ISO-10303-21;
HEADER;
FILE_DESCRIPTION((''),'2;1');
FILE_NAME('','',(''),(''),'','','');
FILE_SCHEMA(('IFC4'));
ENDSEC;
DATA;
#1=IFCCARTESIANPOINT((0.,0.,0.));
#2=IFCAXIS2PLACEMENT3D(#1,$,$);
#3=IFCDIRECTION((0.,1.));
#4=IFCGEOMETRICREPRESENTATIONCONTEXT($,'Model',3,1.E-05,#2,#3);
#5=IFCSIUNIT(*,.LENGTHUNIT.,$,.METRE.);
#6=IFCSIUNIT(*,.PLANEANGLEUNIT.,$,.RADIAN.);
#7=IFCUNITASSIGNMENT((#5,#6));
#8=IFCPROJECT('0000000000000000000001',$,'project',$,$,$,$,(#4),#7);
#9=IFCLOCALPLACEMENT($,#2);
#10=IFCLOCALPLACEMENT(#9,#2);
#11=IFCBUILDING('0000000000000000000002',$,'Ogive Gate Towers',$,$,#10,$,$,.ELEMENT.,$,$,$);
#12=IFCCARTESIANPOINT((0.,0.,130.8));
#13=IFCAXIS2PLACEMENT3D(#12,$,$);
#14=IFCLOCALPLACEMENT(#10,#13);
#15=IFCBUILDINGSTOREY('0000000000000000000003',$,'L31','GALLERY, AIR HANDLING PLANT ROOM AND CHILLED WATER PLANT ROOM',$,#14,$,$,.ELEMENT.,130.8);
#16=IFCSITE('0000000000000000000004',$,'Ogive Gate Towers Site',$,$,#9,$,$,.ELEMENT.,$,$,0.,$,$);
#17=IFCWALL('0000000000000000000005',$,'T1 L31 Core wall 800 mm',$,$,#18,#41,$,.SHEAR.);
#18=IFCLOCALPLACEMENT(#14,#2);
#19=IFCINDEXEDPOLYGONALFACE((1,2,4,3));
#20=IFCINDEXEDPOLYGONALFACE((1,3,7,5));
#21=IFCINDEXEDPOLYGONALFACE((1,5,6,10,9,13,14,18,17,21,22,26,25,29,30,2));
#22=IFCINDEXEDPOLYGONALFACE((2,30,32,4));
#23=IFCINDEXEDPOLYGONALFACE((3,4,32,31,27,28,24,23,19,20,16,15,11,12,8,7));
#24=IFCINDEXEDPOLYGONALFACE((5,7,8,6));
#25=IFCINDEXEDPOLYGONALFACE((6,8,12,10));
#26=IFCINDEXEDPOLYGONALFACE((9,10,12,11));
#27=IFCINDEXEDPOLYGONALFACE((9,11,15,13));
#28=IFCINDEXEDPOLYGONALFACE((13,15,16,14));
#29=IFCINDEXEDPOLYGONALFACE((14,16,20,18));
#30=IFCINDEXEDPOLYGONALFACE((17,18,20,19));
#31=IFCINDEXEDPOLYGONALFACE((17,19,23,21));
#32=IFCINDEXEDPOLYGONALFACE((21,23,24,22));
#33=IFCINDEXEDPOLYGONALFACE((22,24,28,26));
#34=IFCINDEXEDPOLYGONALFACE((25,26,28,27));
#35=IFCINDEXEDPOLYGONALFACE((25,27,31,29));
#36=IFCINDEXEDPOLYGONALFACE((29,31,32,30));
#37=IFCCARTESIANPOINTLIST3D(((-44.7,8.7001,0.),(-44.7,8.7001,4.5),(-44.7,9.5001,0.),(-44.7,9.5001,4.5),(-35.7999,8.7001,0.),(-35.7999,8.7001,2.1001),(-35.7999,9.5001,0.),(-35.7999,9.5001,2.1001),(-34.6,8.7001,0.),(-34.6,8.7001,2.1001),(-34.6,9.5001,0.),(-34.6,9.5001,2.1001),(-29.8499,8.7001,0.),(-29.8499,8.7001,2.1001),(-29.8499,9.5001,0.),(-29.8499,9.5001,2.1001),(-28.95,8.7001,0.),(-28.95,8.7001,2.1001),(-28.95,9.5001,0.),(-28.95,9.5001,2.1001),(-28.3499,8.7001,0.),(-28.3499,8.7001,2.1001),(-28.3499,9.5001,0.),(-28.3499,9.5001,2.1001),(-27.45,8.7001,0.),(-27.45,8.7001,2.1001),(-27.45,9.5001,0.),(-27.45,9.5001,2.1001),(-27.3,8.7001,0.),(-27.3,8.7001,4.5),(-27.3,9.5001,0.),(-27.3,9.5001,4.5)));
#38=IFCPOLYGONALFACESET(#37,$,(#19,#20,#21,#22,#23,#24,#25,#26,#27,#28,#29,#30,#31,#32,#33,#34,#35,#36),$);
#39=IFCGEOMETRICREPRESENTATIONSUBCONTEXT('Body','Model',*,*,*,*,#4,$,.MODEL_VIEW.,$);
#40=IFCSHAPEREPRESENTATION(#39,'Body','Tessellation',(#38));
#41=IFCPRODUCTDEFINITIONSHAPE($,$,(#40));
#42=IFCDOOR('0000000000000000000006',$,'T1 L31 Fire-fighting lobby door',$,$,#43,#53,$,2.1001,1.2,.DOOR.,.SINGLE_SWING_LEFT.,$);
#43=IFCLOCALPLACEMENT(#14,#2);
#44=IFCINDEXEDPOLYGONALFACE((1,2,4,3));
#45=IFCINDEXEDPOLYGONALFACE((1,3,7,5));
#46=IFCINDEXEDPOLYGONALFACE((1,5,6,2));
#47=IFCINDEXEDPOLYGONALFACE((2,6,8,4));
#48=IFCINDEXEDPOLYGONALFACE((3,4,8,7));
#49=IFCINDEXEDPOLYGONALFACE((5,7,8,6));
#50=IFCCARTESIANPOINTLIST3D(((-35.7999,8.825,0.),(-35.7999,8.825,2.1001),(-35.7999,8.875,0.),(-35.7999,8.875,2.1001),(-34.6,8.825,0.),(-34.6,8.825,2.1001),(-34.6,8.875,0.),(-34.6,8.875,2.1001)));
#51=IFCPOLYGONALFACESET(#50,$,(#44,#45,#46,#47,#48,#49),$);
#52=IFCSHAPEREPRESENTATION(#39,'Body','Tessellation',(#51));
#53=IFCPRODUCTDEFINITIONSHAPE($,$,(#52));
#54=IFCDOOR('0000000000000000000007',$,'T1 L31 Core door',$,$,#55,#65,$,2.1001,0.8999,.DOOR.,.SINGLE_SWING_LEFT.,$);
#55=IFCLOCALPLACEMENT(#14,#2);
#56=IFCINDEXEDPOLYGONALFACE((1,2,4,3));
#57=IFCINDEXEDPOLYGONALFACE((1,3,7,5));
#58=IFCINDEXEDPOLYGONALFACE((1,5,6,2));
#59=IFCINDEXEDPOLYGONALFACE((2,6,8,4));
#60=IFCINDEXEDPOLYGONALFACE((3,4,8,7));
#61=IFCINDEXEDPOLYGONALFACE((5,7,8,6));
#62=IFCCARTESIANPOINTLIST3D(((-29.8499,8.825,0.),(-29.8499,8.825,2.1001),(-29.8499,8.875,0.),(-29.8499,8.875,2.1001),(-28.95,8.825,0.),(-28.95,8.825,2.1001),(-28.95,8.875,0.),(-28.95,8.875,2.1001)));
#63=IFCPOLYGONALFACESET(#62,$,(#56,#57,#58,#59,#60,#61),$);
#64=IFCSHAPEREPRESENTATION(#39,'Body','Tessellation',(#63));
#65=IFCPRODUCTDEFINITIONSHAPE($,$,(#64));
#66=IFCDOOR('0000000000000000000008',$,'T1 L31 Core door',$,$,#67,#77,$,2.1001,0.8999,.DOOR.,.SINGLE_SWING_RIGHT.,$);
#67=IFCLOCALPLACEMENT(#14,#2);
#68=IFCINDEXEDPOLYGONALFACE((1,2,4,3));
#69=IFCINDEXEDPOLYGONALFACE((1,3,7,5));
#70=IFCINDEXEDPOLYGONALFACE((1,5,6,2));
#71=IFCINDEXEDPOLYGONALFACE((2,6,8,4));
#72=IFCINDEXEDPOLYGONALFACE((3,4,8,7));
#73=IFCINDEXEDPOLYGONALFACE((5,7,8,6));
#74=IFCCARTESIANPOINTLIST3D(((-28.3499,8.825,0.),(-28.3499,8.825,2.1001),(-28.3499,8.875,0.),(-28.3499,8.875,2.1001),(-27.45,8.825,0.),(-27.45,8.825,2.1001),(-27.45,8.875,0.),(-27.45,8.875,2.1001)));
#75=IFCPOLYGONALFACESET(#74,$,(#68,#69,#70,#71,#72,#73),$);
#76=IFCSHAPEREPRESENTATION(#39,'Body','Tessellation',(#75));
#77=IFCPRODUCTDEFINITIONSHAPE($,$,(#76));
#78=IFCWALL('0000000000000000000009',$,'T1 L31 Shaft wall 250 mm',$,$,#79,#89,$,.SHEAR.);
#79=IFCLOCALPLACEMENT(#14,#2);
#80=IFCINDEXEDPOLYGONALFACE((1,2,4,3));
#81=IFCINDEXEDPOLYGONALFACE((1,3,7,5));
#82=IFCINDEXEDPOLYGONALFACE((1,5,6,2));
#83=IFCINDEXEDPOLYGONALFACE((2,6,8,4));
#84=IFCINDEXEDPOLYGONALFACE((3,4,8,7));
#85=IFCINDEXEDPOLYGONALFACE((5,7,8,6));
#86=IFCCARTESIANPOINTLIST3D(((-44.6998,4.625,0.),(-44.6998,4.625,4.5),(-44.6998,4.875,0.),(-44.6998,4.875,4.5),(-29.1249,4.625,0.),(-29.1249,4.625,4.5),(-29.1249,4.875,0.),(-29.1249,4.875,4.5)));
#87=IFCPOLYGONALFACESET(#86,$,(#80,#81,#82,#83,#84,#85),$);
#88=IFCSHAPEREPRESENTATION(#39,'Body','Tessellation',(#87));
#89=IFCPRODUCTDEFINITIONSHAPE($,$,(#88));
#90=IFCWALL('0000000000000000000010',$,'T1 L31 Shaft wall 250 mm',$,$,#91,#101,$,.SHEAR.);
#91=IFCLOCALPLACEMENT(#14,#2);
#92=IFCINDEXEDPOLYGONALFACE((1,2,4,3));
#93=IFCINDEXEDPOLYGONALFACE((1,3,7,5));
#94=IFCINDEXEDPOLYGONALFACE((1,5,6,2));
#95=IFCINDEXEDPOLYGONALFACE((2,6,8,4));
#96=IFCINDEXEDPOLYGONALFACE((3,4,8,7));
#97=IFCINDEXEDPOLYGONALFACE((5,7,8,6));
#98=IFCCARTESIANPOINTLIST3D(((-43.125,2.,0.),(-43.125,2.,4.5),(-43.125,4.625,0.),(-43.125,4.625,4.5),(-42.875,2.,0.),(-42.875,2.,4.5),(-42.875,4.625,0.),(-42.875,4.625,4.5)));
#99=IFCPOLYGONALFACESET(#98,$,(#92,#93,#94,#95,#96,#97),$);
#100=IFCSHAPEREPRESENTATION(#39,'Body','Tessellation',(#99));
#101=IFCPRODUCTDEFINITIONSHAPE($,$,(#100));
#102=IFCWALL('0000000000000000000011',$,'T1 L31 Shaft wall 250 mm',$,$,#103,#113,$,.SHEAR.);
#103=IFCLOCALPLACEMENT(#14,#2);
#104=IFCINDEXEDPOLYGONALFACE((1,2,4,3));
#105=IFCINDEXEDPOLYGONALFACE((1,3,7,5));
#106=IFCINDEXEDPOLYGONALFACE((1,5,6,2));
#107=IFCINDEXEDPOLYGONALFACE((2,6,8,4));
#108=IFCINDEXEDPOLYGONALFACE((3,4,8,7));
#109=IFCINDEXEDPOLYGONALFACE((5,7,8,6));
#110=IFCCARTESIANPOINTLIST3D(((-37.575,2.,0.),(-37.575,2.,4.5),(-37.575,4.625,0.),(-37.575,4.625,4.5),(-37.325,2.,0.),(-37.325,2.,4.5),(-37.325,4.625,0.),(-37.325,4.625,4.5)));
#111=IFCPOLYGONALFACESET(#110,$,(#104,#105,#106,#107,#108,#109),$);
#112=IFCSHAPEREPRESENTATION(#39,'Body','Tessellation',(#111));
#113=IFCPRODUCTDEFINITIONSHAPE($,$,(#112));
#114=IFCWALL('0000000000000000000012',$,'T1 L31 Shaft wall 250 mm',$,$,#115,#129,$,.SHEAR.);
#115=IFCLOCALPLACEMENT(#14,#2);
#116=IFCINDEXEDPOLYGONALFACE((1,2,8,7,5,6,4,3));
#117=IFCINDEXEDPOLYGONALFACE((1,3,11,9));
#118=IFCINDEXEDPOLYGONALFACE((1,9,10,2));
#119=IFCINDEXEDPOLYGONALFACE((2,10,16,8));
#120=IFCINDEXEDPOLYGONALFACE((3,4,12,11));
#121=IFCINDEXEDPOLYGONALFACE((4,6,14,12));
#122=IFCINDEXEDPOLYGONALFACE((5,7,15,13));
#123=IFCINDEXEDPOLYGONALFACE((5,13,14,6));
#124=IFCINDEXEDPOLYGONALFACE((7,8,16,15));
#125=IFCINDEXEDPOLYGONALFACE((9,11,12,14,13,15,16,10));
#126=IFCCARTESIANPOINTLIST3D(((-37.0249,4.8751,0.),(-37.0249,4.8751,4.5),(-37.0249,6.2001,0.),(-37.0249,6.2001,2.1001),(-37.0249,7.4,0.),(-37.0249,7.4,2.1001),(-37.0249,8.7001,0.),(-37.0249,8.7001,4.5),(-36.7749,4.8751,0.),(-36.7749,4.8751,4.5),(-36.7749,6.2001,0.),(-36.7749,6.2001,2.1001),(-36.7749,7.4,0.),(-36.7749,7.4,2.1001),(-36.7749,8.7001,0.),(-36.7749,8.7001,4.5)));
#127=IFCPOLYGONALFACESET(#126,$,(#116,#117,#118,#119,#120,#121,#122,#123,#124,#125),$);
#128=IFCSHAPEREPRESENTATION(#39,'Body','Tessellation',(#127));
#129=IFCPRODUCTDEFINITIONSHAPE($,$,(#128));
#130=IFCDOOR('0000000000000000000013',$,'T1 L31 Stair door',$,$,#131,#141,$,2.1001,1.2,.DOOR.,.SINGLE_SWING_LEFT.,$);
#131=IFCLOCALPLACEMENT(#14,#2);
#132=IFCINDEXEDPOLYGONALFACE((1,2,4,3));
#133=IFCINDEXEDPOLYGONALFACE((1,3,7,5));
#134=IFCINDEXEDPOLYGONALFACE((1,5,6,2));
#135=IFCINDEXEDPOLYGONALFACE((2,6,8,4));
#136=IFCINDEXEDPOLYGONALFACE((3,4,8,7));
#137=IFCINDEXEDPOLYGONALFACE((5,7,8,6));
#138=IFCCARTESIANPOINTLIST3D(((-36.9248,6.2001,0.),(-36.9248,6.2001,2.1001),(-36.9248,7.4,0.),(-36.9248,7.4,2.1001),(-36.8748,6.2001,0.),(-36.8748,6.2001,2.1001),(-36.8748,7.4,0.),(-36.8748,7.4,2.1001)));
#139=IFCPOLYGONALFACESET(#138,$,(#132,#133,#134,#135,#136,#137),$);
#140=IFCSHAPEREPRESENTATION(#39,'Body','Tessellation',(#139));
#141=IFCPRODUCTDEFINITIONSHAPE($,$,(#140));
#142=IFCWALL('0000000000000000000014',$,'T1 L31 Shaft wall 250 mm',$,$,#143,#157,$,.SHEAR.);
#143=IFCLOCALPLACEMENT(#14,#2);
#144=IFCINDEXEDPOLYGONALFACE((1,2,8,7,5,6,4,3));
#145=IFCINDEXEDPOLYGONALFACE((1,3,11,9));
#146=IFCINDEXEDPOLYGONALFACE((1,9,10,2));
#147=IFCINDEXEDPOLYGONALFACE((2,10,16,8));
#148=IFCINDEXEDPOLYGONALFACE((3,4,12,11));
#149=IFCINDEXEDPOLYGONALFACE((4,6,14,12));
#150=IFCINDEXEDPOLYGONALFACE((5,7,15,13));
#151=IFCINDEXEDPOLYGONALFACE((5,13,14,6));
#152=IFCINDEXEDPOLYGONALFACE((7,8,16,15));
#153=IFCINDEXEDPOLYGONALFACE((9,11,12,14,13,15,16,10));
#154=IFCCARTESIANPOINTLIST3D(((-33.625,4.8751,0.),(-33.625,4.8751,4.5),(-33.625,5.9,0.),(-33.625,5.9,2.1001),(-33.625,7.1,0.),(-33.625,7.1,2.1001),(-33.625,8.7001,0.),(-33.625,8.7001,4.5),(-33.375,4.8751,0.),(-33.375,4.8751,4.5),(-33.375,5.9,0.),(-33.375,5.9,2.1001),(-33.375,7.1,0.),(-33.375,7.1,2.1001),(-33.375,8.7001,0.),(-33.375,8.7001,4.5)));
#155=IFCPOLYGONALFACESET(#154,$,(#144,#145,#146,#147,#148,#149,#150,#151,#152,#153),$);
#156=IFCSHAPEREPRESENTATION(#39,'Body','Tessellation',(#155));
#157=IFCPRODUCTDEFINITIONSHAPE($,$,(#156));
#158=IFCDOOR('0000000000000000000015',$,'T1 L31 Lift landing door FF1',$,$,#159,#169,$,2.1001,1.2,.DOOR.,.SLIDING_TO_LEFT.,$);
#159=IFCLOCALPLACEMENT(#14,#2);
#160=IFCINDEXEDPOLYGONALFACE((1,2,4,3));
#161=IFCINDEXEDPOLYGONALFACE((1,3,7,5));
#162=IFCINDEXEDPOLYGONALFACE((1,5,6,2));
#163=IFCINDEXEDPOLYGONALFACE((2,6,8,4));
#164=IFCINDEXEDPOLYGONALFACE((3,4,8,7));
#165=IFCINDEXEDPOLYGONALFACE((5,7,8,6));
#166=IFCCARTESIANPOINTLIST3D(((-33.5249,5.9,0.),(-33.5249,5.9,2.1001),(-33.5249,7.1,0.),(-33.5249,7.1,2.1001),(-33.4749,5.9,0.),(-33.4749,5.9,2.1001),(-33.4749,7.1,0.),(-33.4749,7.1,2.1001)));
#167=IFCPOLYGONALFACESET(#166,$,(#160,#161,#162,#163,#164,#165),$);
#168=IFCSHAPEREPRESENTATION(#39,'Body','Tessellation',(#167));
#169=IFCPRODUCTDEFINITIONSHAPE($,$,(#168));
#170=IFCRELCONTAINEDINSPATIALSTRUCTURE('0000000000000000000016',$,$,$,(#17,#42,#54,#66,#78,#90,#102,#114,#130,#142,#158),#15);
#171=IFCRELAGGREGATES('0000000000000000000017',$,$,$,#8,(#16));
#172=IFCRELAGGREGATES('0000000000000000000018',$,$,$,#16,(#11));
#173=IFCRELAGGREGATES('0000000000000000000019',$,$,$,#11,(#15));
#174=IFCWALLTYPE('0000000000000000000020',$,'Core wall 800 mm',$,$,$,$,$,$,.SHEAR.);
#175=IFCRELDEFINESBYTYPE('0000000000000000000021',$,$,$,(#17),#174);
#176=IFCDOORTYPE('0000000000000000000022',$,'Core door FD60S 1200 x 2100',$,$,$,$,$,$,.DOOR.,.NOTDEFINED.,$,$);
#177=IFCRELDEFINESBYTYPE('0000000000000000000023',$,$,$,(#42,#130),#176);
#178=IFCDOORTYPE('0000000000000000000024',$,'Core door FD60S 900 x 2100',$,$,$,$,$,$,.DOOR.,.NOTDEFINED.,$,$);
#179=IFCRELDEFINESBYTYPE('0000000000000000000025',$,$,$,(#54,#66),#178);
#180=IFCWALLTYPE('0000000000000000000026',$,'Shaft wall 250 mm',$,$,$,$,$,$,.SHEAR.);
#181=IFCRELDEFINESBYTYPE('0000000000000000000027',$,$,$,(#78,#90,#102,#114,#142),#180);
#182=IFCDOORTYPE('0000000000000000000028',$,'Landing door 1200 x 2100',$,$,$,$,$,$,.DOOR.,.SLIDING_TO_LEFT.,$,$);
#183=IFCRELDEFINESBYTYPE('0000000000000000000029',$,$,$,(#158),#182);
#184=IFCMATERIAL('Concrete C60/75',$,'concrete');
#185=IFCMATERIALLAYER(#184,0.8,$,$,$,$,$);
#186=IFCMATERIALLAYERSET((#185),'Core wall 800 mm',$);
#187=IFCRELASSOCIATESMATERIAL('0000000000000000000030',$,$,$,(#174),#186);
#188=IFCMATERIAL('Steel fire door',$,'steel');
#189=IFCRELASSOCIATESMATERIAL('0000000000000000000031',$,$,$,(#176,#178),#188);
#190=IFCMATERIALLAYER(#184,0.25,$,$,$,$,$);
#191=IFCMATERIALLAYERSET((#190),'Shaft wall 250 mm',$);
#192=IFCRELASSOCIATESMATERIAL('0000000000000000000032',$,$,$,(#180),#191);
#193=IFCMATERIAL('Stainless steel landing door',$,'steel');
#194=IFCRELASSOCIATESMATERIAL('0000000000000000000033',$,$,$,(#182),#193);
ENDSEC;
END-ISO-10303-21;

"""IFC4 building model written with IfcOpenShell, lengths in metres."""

from ifc_helpers import new_model, si_unit, direction, frame, frame_2d, origin, place, context, subcontext, project, spatial, rectangle, extrude, material, layer, layer_set, type_object, element, fill, save


model = new_model("IFC4")

# Units and contexts
model_context = context("Model", 3, precision=1e-05, world=origin(), true_north=direction((0.0, 1.0)))
body_context = subcontext(model_context, "Body", "Model", "MODEL_VIEW")
ifc_project = project(units=[si_unit("LENGTHUNIT", "METRE"), si_unit("PLANEANGLEUNIT", "RADIAN")], contexts=[model_context])

# Site, building, storey
site_placement = place(None, origin())
site = spatial("IfcSite", under=ifc_project, at=site_placement, Name="Ogive Gate Towers Site", CompositionType="ELEMENT", RefElevation=0.0)
building_placement = place(site_placement, origin())
building = spatial("IfcBuilding", under=site, at=building_placement, Name="Ogive Gate Towers", CompositionType="ELEMENT")
storey_placement = place(building_placement, frame((0.0, 0.0, 130.8)))
storey = spatial("IfcBuildingStorey", under=building, at=storey_placement, Name="L31", Description="GALLERY, AIR HANDLING PLANT ROOM AND CHILLED WATER PLANT ROOM", CompositionType="ELEMENT", Elevation=130.8)

# Wall, openings, doors
ifc_material_1 = material(Name="Concrete C60/75", Category="concrete")
ifc_layer_1 = layer(ifc_material_1, 0.8)
ifc_layer_set_1 = layer_set([ifc_layer_1], Name="Core wall 800 mm")
wall_type_1 = type_object("IfcWallType", Name="Core wall 800 mm", PredefinedType="SHEAR", material=ifc_layer_set_1)
wall_1_placement = place(storey_placement, frame((-44.7, 9.1001, 0.0), z_axis=(0.0, 0.0, 1.0), x_axis=(1.0, 0.0, 0.0)))
wall_1 = element("IfcWall", 1, at=wall_1_placement, inside=storey, type_object=wall_type_1, Name="T1 L31 Core wall 800 mm", PredefinedType="SHEAR", context=body_context, shape_type="SweptSolid", body=[
    extrude(rectangle(XDim=17.3999, YDim=0.8, at=frame_2d((8.7, 0.0))), origin(), (0.0, 0.0, 1.0), 4.5),
])
opening_1_placement = place(wall_1_placement, frame((8.8999, 0.0, 0.0)))
opening_1 = element("IfcOpeningElement", 2, at=opening_1_placement, cuts=wall_1, PredefinedType="OPENING", context=body_context, shape_type="SweptSolid", body=[
    extrude(rectangle(XDim=1.2, YDim=2.1001, at=frame_2d((0.6001, 1.05))), frame((0.0, 0.4102, 0.0), z_axis=(0.0, -1.0, 0.0), x_axis=(1.0, 0.0, 0.0)), (0.0, 0.0, 1.0), 0.8201),
])
opening_2_placement = place(wall_1_placement, frame((14.8501, 0.0, 0.0)))
opening_2 = element("IfcOpeningElement", 3, at=opening_2_placement, cuts=wall_1, PredefinedType="OPENING", context=body_context, shape_type="SweptSolid", body=[
    extrude(rectangle(XDim=0.8999, YDim=2.1001, at=frame_2d((0.45, 1.05))), frame((0.0, 0.4102, 0.0), z_axis=(0.0, -1.0, 0.0), x_axis=(1.0, 0.0, 0.0)), (0.0, 0.0, 1.0), 0.8201),
])
opening_3_placement = place(wall_1_placement, frame((16.3501, 0.0, 0.0)))
opening_3 = element("IfcOpeningElement", 4, at=opening_3_placement, cuts=wall_1, PredefinedType="OPENING", context=body_context, shape_type="SweptSolid", body=[
    extrude(rectangle(XDim=0.8999, YDim=2.1001, at=frame_2d((0.45, 1.05))), frame((0.0, 0.4102, 0.0), z_axis=(0.0, -1.0, 0.0), x_axis=(1.0, 0.0, 0.0)), (0.0, 0.0, 1.0), 0.8201),
])
ifc_material_2 = material(Name="Steel fire door", Category="steel")
door_type_1 = type_object("IfcDoorType", Name="Core door FD60S 1200 x 2100", OperationType="NOTDEFINED", PredefinedType="DOOR", material=ifc_material_2)
door_1_placement = place(opening_1_placement, origin())
door_1 = element("IfcDoor", 5, at=door_1_placement, inside=storey, type_object=door_type_1, Name="T1 L31 Fire-fighting lobby door", OperationType="SINGLE_SWING_LEFT", OverallHeight=2.1001, OverallWidth=1.2, PredefinedType="DOOR", context=body_context, shape_type="SweptSolid", body=[
    extrude(rectangle(XDim=1.2, YDim=2.1001, at=frame_2d((0.6001, 1.05))), frame((0.0, -0.2251, 0.0), z_axis=(0.0, -1.0, 0.0), x_axis=(1.0, 0.0, 0.0)), (0.0, 0.0, 1.0), 0.05),
])
fill(opening_1, door_1)
door_type_2 = type_object("IfcDoorType", Name="Core door FD60S 900 x 2100", OperationType="NOTDEFINED", PredefinedType="DOOR", material=ifc_material_2)
door_2_placement = place(opening_2_placement, origin())
door_2 = element("IfcDoor", 6, at=door_2_placement, inside=storey, type_object=door_type_2, Name="T1 L31 Core door", OperationType="SINGLE_SWING_LEFT", OverallHeight=2.1001, OverallWidth=0.8999, PredefinedType="DOOR", context=body_context, shape_type="SweptSolid", body=[
    extrude(rectangle(XDim=0.8999, YDim=2.1001, at=frame_2d((0.45, 1.05))), frame((0.0, -0.2251, 0.0), z_axis=(0.0, -1.0, 0.0), x_axis=(1.0, 0.0, 0.0)), (0.0, 0.0, 1.0), 0.05),
])
fill(opening_2, door_2)
door_3_placement = place(opening_3_placement, origin())
door_3 = element("IfcDoor", 7, at=door_3_placement, inside=storey, type_object=door_type_2, Name="T1 L31 Core door", OperationType="SINGLE_SWING_RIGHT", OverallHeight=2.1001, OverallWidth=0.8999, PredefinedType="DOOR", context=body_context, shape_type="SweptSolid", body=[
    extrude(rectangle(XDim=0.8999, YDim=2.1001, at=frame_2d((0.45, 1.05))), frame((0.0, -0.2251, 0.0), z_axis=(0.0, -1.0, 0.0), x_axis=(1.0, 0.0, 0.0)), (0.0, 0.0, 1.0), 0.05),
])
fill(opening_3, door_3)

# Walls
ifc_layer_2 = layer(ifc_material_1, 0.25)
ifc_layer_set_2 = layer_set([ifc_layer_2], Name="Shaft wall 250 mm")
wall_type_2 = type_object("IfcWallType", Name="Shaft wall 250 mm", PredefinedType="SHEAR", material=ifc_layer_set_2)
wall_2_placement = place(storey_placement, frame((-44.7, 4.75, 0.0), z_axis=(0.0, 0.0, 1.0), x_axis=(1.0, 0.0, 0.0)))
element("IfcWall", 8, at=wall_2_placement, inside=storey, type_object=wall_type_2, Name="T1 L31 Shaft wall 250 mm", PredefinedType="SHEAR", context=body_context, shape_type="SweptSolid", body=[
    extrude(rectangle(XDim=15.575, YDim=0.25, at=frame_2d((7.7876, 0.0))), origin(), (0.0, 0.0, 1.0), 4.5),
])
for number, where, z_axis, x_axis, name in (
    (9, (-43.0, 2.0, 0.0), (0.0, 0.0, 1.0), (0.0, 1.0, 0.0), "T1 L31 Shaft wall 250 mm"),
    (10, (-37.45, 2.0, 0.0), (0.0, 0.0, 1.0), (0.0, 1.0, 0.0), "T1 L31 Shaft wall 250 mm"),
):
    element("IfcWall", number, at=place(storey_placement, frame(where, z_axis=z_axis, x_axis=x_axis)), inside=storey, type_object=wall_type_2, Name=name, PredefinedType="SHEAR", context=body_context, shape_type="SweptSolid", body=[
        extrude(rectangle(XDim=2.625, YDim=0.25, at=frame_2d((1.3125, 0.0))), origin(), (0.0, 0.0, 1.0), 4.5),
    ])

# Walls, openings, doors
wall_3_placement = place(storey_placement, frame((-36.8999, 4.875, 0.0), z_axis=(0.0, 0.0, 1.0), x_axis=(0.0, 1.0, 0.0)))
wall_3 = element("IfcWall", 11, at=wall_3_placement, inside=storey, type_object=wall_type_2, Name="T1 L31 Shaft wall 250 mm", PredefinedType="SHEAR", context=body_context, shape_type="SweptSolid", body=[
    extrude(rectangle(XDim=3.825, YDim=0.25, at=frame_2d((1.9126, 0.0))), origin(), (0.0, 0.0, 1.0), 4.5),
])
opening_4_placement = place(wall_3_placement, frame((1.325, 0.0, 0.0)))
opening_4 = element("IfcOpeningElement", 12, at=opening_4_placement, cuts=wall_3, PredefinedType="OPENING", context=body_context, shape_type="SweptSolid", body=[
    extrude(rectangle(XDim=1.2, YDim=2.1001, at=frame_2d((0.6001, 1.05))), frame((0.0, 0.135, 0.0), z_axis=(0.0, -1.0, 0.0), x_axis=(1.0, 0.0, 0.0)), (0.0, 0.0, 1.0), 0.27),
])
door_4_placement = place(opening_4_placement, origin())
door_4 = element("IfcDoor", 13, at=door_4_placement, inside=storey, type_object=door_type_1, Name="T1 L31 Stair door", OperationType="SINGLE_SWING_LEFT", OverallHeight=2.1001, OverallWidth=1.2, PredefinedType="DOOR", context=body_context, shape_type="SweptSolid", body=[
    extrude(rectangle(XDim=1.2, YDim=2.1001, at=frame_2d((0.6001, 1.05))), frame((0.0, 0.0249, 0.0), z_axis=(0.0, -1.0, 0.0), x_axis=(1.0, 0.0, 0.0)), (0.0, 0.0, 1.0), 0.05),
])
fill(opening_4, door_4)
wall_4_placement = place(storey_placement, frame((-33.5, 4.875, 0.0), z_axis=(0.0, 0.0, 1.0), x_axis=(0.0, 1.0, 0.0)))
wall_4 = element("IfcWall", 14, at=wall_4_placement, inside=storey, type_object=wall_type_2, Name="T1 L31 Shaft wall 250 mm", PredefinedType="SHEAR", context=body_context, shape_type="SweptSolid", body=[
    extrude(rectangle(XDim=3.825, YDim=0.25, at=frame_2d((1.9126, 0.0))), origin(), (0.0, 0.0, 1.0), 4.5),
])
opening_5_placement = place(wall_4_placement, frame((1.0249, 0.0, 0.0)))
opening_5 = element("IfcOpeningElement", 15, at=opening_5_placement, cuts=wall_4, PredefinedType="OPENING", context=body_context, shape_type="SweptSolid", body=[
    extrude(rectangle(XDim=1.2, YDim=2.1001, at=frame_2d((0.6001, 1.05))), frame((0.0, 0.135, 0.0), z_axis=(0.0, -1.0, 0.0), x_axis=(1.0, 0.0, 0.0)), (0.0, 0.0, 1.0), 0.27),
])
ifc_material_3 = material(Name="Stainless steel landing door", Category="steel")
door_type_3 = type_object("IfcDoorType", Name="Landing door 1200 x 2100", OperationType="SLIDING_TO_LEFT", PredefinedType="DOOR", material=ifc_material_3)
door_5_placement = place(opening_5_placement, origin())
door_5 = element("IfcDoor", 16, at=door_5_placement, inside=storey, type_object=door_type_3, Name="T1 L31 Lift landing door FF1", OperationType="SLIDING_TO_LEFT", OverallHeight=2.1001, OverallWidth=1.2, PredefinedType="DOOR", context=body_context, shape_type="SweptSolid", body=[
    extrude(rectangle(XDim=1.2, YDim=2.1001, at=frame_2d((0.6001, 1.05))), frame((0.0, 0.0249, 0.0), z_axis=(0.0, -1.0, 0.0), x_axis=(1.0, 0.0, 0.0)), (0.0, 0.0, 1.0), 0.05),
])
fill(opening_5, door_5)

save(model, "model.ifc")
